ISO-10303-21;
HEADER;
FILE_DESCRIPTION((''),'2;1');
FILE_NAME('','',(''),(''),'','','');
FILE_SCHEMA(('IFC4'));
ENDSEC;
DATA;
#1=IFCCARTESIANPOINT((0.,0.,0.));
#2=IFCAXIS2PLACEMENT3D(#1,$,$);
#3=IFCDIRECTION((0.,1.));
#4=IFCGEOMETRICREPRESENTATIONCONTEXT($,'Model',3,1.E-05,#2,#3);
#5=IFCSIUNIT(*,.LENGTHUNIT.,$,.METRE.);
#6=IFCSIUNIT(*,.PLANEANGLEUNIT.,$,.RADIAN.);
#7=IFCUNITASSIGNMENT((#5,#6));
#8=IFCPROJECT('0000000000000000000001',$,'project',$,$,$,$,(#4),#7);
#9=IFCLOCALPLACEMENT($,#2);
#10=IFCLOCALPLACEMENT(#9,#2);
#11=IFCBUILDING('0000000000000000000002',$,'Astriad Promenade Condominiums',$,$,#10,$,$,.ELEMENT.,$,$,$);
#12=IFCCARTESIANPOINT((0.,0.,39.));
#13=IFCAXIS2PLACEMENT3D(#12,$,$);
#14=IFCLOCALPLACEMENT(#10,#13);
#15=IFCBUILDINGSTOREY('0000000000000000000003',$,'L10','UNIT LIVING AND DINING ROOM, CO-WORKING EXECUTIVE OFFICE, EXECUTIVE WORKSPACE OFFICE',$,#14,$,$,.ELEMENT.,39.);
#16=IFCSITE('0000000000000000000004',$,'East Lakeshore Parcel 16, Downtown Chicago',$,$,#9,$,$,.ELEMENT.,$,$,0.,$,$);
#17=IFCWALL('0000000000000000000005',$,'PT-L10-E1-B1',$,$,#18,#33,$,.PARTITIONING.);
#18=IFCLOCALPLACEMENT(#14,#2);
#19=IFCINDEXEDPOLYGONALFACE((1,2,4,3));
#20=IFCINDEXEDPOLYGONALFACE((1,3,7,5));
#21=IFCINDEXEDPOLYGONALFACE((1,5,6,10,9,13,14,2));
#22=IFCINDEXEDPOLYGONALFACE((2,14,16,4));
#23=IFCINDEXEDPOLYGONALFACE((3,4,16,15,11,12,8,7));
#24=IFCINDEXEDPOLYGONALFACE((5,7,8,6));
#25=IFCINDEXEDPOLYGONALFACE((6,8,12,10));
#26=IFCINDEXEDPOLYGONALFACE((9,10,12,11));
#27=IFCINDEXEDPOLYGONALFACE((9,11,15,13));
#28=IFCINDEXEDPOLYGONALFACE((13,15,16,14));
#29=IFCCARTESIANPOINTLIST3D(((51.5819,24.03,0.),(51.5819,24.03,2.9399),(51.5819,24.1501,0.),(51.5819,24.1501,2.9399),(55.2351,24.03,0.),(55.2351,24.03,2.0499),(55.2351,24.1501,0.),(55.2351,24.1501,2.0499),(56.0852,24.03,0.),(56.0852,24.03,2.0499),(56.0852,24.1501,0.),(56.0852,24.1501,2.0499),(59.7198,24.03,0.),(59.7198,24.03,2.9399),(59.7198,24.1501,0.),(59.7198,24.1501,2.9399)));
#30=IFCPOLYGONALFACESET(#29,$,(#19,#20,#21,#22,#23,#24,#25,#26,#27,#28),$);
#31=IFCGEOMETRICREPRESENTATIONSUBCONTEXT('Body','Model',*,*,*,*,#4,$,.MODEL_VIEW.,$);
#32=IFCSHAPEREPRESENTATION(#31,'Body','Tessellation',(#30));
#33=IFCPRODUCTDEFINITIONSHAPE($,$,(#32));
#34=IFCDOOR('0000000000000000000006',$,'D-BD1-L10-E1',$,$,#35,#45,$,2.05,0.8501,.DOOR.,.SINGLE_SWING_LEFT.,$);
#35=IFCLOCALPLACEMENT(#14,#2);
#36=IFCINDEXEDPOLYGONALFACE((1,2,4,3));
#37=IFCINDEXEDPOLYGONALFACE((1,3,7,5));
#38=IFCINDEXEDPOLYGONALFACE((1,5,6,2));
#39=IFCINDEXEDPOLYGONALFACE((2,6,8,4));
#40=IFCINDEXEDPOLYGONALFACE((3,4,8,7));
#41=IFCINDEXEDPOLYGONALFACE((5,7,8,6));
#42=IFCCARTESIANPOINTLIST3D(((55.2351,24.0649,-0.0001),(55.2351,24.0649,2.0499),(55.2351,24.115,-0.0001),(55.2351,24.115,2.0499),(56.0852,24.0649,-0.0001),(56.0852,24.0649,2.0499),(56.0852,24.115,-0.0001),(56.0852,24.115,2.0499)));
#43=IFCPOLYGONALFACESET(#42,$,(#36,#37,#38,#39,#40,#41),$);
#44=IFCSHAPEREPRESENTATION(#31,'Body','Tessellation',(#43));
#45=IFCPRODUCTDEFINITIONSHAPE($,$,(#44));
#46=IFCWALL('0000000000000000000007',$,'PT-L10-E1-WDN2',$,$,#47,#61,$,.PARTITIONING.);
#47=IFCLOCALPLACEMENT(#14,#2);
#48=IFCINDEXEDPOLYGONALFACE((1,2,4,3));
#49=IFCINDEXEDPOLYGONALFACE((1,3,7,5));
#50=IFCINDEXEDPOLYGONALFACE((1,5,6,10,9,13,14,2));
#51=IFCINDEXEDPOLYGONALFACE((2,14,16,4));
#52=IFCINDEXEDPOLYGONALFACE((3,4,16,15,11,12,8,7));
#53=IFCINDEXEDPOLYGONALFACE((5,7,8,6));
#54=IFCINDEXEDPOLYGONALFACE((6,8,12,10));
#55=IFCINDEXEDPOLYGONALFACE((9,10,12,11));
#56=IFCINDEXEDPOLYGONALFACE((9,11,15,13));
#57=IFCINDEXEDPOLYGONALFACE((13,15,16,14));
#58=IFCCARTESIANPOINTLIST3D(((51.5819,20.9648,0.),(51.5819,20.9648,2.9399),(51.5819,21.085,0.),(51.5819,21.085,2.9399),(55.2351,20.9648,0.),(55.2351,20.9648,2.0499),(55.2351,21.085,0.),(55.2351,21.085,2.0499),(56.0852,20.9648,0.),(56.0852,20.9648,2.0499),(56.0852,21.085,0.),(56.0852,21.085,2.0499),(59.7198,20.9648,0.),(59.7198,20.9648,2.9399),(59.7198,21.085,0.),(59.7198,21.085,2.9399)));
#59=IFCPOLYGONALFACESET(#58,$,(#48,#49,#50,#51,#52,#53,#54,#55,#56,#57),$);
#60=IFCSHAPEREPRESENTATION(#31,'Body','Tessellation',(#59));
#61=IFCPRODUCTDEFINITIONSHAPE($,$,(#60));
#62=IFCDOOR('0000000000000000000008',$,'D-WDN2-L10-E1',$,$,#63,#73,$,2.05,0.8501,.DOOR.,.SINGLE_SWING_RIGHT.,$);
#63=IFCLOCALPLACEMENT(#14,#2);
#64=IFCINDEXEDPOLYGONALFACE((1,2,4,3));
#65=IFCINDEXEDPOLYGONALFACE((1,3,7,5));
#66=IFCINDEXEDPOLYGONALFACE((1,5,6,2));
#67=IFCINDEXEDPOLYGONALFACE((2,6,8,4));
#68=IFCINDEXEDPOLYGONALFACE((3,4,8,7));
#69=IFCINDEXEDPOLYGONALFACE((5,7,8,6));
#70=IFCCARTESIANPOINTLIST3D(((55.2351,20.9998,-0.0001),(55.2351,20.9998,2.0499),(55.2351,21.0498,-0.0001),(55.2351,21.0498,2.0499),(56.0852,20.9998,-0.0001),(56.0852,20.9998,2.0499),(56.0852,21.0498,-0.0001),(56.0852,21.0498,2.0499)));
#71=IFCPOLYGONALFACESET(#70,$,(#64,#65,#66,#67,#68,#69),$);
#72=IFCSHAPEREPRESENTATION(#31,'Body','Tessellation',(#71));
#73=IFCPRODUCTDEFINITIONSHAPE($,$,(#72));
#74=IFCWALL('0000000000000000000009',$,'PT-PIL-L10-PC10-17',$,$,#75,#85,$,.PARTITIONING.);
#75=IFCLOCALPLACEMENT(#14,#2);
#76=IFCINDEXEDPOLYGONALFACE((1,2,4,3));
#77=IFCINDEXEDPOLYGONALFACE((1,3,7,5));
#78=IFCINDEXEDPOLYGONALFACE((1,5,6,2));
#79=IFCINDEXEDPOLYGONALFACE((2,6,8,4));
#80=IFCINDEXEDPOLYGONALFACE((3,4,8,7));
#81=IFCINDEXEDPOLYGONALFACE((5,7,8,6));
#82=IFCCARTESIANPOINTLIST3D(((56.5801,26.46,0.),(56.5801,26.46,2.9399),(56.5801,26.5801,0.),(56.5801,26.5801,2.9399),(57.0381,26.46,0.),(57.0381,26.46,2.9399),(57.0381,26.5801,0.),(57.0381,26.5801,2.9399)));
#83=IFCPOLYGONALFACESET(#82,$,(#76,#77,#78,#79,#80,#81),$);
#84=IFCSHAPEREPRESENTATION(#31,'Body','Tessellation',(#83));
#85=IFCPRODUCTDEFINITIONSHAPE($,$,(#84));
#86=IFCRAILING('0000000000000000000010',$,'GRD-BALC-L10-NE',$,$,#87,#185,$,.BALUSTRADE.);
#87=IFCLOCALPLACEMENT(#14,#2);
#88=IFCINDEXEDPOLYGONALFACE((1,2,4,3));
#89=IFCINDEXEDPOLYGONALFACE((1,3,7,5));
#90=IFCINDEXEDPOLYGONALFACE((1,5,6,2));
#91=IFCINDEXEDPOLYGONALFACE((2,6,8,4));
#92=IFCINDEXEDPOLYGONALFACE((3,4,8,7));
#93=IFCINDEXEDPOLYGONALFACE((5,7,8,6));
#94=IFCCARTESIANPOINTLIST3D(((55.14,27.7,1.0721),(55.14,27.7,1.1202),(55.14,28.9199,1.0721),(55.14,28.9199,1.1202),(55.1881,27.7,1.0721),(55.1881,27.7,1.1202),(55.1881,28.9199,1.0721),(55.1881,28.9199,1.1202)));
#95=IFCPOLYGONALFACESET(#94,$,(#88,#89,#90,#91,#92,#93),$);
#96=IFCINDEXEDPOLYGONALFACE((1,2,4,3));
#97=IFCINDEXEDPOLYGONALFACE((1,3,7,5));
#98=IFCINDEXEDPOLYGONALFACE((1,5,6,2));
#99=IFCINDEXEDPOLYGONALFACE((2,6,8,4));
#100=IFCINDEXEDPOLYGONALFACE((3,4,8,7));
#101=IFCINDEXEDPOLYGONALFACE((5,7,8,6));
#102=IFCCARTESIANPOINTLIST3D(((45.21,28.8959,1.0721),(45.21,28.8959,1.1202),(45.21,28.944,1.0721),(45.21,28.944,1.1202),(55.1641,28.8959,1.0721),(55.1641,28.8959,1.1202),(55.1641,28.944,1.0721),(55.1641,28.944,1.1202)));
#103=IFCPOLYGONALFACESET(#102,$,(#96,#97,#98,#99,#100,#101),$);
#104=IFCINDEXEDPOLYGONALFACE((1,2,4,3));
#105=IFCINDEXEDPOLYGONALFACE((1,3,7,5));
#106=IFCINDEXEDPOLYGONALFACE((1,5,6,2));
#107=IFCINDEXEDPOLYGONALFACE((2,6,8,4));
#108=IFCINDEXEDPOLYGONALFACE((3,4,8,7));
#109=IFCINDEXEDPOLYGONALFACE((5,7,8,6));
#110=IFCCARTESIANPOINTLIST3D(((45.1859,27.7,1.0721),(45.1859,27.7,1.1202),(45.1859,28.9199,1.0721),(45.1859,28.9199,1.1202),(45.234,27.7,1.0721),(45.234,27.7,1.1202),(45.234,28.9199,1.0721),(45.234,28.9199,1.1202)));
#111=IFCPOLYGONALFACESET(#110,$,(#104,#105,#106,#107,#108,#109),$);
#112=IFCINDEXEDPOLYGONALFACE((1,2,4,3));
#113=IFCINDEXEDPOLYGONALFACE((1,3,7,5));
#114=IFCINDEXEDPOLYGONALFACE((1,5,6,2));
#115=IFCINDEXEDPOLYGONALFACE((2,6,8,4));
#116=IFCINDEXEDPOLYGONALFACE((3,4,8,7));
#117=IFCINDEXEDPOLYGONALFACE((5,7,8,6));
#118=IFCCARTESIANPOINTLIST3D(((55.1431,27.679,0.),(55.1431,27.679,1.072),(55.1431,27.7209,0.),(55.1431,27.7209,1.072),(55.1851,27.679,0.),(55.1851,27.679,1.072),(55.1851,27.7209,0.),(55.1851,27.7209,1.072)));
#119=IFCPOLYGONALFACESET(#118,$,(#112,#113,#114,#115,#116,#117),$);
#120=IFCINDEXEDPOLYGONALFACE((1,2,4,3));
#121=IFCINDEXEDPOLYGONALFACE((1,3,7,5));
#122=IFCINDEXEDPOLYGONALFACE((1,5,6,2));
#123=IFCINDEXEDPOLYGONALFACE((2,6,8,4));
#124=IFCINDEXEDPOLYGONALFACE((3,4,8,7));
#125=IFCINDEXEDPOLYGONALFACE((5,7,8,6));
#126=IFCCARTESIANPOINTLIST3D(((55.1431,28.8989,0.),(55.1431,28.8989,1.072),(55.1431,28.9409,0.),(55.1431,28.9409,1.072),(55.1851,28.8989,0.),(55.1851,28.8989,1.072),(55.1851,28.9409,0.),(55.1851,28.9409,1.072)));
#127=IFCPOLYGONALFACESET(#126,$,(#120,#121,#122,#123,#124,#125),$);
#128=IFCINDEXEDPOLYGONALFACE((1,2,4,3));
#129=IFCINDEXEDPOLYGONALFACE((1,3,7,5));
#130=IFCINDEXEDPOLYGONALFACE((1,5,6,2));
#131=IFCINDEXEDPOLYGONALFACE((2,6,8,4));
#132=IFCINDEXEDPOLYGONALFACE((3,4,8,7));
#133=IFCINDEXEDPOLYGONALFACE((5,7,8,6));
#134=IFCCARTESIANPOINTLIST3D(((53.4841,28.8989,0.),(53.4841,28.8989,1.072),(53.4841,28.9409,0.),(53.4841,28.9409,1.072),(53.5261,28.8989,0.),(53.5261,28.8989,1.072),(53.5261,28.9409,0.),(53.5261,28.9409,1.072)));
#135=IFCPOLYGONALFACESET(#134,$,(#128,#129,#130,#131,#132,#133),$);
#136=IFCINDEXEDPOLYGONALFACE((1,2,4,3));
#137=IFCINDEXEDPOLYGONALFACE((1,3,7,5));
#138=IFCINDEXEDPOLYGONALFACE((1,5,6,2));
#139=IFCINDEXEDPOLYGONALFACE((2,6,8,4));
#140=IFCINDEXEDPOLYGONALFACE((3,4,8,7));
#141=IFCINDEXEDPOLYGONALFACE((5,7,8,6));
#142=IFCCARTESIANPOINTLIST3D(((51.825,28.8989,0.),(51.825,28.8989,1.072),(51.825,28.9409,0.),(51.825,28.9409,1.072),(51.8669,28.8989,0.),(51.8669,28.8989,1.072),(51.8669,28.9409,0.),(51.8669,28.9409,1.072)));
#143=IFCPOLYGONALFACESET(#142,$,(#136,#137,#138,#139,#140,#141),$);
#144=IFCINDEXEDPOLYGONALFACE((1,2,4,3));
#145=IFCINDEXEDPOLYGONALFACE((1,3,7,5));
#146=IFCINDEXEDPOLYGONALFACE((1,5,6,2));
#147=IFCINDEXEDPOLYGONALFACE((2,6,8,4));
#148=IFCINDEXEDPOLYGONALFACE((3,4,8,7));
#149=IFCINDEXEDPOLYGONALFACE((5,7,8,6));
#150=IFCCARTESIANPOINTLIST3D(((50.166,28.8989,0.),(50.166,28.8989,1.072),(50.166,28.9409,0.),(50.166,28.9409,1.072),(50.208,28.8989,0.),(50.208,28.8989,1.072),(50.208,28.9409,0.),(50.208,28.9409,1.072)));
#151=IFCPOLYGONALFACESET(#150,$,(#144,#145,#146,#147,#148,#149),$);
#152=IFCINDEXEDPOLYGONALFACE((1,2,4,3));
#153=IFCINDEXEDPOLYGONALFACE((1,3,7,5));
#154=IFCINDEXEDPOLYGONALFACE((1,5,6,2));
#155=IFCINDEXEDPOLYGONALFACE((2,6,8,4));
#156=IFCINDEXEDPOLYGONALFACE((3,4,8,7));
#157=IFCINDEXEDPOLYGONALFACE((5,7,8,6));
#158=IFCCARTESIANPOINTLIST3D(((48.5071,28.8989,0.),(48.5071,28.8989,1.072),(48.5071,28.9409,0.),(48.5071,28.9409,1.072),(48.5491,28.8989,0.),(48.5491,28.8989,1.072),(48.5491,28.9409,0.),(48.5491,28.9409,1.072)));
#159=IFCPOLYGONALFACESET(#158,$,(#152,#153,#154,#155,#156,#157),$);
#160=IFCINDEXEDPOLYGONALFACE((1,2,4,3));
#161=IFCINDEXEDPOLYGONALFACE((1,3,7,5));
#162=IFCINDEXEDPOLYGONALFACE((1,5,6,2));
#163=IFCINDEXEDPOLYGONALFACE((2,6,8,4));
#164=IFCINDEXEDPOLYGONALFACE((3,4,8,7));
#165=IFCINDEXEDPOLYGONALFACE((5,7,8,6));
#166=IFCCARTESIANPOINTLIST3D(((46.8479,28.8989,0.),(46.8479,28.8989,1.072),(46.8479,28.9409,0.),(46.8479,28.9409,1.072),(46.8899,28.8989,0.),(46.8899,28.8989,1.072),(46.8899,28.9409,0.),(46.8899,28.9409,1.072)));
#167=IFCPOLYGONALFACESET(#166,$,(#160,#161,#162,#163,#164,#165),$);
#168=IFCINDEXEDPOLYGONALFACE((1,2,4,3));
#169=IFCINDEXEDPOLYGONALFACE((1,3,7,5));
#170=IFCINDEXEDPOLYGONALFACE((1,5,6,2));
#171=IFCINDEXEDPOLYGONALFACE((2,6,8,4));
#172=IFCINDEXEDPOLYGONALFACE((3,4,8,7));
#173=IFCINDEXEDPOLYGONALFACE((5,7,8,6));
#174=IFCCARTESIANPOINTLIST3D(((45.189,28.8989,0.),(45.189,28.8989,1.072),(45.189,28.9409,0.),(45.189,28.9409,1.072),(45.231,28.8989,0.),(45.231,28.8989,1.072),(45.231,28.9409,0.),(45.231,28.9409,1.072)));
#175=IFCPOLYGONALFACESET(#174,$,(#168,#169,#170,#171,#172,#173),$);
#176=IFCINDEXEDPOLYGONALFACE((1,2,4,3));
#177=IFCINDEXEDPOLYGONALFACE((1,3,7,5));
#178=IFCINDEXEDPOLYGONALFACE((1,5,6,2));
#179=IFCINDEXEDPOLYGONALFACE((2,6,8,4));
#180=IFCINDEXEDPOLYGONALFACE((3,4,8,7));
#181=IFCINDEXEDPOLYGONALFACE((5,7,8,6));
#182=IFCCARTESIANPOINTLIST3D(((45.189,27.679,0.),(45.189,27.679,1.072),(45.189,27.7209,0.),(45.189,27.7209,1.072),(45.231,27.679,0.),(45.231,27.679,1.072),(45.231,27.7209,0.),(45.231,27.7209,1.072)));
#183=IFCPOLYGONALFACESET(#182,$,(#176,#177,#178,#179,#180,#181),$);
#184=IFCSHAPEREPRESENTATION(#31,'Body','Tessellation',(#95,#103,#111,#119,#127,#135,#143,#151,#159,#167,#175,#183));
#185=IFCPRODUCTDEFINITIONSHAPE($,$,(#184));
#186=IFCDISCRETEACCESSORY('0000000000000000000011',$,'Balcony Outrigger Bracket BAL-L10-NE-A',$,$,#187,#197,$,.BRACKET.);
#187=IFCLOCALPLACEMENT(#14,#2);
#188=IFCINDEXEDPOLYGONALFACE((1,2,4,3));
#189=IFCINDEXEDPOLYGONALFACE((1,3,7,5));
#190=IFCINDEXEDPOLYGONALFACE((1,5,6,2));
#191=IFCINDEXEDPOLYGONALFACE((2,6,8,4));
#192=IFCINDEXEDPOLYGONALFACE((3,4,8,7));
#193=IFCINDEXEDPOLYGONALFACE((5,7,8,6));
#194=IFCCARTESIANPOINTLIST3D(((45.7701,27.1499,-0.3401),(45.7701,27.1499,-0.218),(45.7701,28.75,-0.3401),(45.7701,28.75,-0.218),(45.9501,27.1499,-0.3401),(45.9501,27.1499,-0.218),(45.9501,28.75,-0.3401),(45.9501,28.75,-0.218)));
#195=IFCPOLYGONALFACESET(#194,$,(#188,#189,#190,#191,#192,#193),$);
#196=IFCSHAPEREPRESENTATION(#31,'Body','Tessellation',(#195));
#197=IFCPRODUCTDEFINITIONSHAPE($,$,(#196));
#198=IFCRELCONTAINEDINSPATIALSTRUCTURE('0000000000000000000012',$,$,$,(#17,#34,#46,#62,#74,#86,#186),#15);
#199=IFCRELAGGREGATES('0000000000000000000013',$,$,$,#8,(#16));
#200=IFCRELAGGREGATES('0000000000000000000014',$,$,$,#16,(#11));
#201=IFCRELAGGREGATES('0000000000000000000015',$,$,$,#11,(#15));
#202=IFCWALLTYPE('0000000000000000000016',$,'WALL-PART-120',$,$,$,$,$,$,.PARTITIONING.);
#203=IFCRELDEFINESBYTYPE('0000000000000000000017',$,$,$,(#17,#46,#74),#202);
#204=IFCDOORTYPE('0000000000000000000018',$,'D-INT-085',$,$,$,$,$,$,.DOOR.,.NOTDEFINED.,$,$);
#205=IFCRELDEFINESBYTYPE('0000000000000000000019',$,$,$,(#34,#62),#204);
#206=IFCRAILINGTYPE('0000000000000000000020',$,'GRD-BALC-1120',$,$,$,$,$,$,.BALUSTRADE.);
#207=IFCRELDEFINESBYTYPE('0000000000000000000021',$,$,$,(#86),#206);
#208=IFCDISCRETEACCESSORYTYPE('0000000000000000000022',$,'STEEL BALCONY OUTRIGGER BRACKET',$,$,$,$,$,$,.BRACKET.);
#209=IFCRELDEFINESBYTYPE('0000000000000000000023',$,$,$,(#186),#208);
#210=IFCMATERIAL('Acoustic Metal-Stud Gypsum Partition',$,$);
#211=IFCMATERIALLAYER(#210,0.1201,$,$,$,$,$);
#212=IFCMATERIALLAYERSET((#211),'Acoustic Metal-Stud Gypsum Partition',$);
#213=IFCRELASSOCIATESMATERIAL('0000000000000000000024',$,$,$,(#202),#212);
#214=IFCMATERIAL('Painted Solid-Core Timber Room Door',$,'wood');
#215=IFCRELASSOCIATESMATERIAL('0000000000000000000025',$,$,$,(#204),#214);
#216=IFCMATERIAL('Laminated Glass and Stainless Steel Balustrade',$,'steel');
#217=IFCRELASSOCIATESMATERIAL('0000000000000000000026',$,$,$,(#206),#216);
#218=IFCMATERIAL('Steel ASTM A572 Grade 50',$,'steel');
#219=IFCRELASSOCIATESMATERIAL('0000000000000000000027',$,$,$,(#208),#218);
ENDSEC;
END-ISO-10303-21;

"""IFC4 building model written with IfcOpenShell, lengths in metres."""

from ifc_helpers import new_model, si_unit, direction, frame, frame_2d, origin, origin_2d, place, context, subcontext, project, spatial, rectangle, extrude, source, transform, mapped, material, layer, layer_set, type_object, type_shapes, element, fill, save


model = new_model("IFC4")

# Units and contexts
model_context = context("Model", 3, precision=1e-05, world=origin(), true_north=direction((0.0, 1.0)))
body_context = subcontext(model_context, "Body", "Model", "MODEL_VIEW")
ifc_project = project(units=[si_unit("LENGTHUNIT", "METRE"), si_unit("PLANEANGLEUNIT", "RADIAN")], contexts=[model_context])

# Site, building, storey
site_placement = place(None, origin())
site = spatial("IfcSite", under=ifc_project, at=site_placement, Name="East Lakeshore Parcel 16, Downtown Chicago", CompositionType="ELEMENT", RefElevation=0.0)
building_placement = place(site_placement, origin())
building = spatial("IfcBuilding", under=site, at=building_placement, Name="Astriad Promenade Condominiums", CompositionType="ELEMENT")
storey_placement = place(building_placement, frame((0.0, 0.0, 39.0)))
storey = spatial("IfcBuildingStorey", under=building, at=storey_placement, Name="L10", Description="UNIT LIVING AND DINING ROOM, CO-WORKING EXECUTIVE OFFICE, EXECUTIVE WORKSPACE OFFICE", CompositionType="ELEMENT", Elevation=39.0)

# Shared definitions
ifc_material_1 = material(Name="Acoustic Metal-Stud Gypsum Partition")
ifc_layer_1 = layer(ifc_material_1, 0.1201)
ifc_layer_set_1 = layer_set([ifc_layer_1], Name="Acoustic Metal-Stud Gypsum Partition")
wall_type_1 = type_object("IfcWallType", Name="WALL-PART-120", PredefinedType="PARTITIONING", material=ifc_layer_set_1)

# Walls, openings, doors
wall_1_placement = place(storey_placement, frame((51.582, 24.0901, 0.0), z_axis=(0.0, 0.0, 1.0), x_axis=(1.0, 0.0, 0.0)))
wall_1 = element("IfcWall", 1, at=wall_1_placement, inside=storey, type_object=wall_type_1, Name="PT-L10-E1-B1", PredefinedType="PARTITIONING", context=body_context, shape_type="SweptSolid", body=[
    extrude(rectangle(XDim=8.1379, YDim=0.1201, at=frame_2d((4.0688, 0.0))), origin(), (0.0, 0.0, 1.0), 2.9399),
])
opening_1_placement = place(wall_1_placement, frame((3.6531, 0.0, 0.0)))
opening_1 = element("IfcOpeningElement", 2, at=opening_1_placement, cuts=wall_1, PredefinedType="OPENING", context=body_context, shape_type="SweptSolid", body=[
    extrude(rectangle(XDim=0.8501, YDim=2.05, at=frame_2d((0.425, 1.0249))), frame((0.0, 0.0701, 0.0), z_axis=(0.0, -1.0, 0.0), x_axis=(1.0, 0.0, 0.0)), (0.0, 0.0, 1.0), 0.1401),
])
ifc_material_2 = material(Name="Painted Solid-Core Timber Room Door", Category="wood")
door_type = type_object("IfcDoorType", Name="D-INT-085", OperationType="NOTDEFINED", PredefinedType="DOOR", material=ifc_material_2)
shared_shape_1 = source(origin(), body_context, "Body", "SweptSolid", [
    extrude(rectangle(XDim=0.8501, YDim=2.05, at=frame_2d((0.425, 1.0249))), frame((0.0, 0.0249, 0.0), z_axis=(0.0, -1.0, 0.0), x_axis=(1.0, 0.0, 0.0)), (0.0, 0.0, 1.0), 0.05),
])
type_shapes(door_type, [shared_shape_1])
door_1_placement = place(opening_1_placement, origin())
door_1 = element("IfcDoor", 3, at=door_1_placement, inside=storey, type_object=door_type, Name="D-BD1-L10-E1", OperationType="SINGLE_SWING_LEFT", OverallHeight=2.05, OverallWidth=0.8501, PredefinedType="DOOR", context=body_context, shape_type="MappedRepresentation", body=[
    mapped(shared_shape_1, transform((0.0, 0.0, 0.0), scale=1.0)),
])
fill(opening_1, door_1)
wall_2_placement = place(storey_placement, frame((51.582, 21.0249, 0.0), z_axis=(0.0, 0.0, 1.0), x_axis=(1.0, 0.0, 0.0)))
wall_2 = element("IfcWall", 4, at=wall_2_placement, inside=storey, type_object=wall_type_1, Name="PT-L10-E1-WDN2", PredefinedType="PARTITIONING", context=body_context, shape_type="SweptSolid", body=[
    extrude(rectangle(XDim=8.1379, YDim=0.1201, at=frame_2d((4.0688, 0.0))), origin(), (0.0, 0.0, 1.0), 2.9399),
])
opening_2_placement = place(wall_2_placement, frame((3.6531, 0.0, 0.0)))
opening_2 = element("IfcOpeningElement", 5, at=opening_2_placement, cuts=wall_2, PredefinedType="OPENING", context=body_context, shape_type="SweptSolid", body=[
    extrude(rectangle(XDim=0.8501, YDim=2.05, at=frame_2d((0.425, 1.0249))), frame((0.0, 0.0701, 0.0), z_axis=(0.0, -1.0, 0.0), x_axis=(1.0, 0.0, 0.0)), (0.0, 0.0, 1.0), 0.1401),
])
door_2_placement = place(opening_2_placement, origin())
door_2 = element("IfcDoor", 6, at=door_2_placement, inside=storey, type_object=door_type, Name="D-WDN2-L10-E1", OperationType="SINGLE_SWING_RIGHT", OverallHeight=2.05, OverallWidth=0.8501, PredefinedType="DOOR", context=body_context, shape_type="MappedRepresentation", body=[
    mapped(shared_shape_1, transform((0.0, 0.0, 0.0), scale=1.0)),
])
fill(opening_2, door_2)

# Wall
wall_3_placement = place(storey_placement, frame((56.5801, 26.52, 0.0), z_axis=(0.0, 0.0, 1.0), x_axis=(1.0, 0.0, 0.0)))
element("IfcWall", 7, at=wall_3_placement, inside=storey, type_object=wall_type_1, Name="PT-PIL-L10-PC10-17", PredefinedType="PARTITIONING", context=body_context, shape_type="SweptSolid", body=[
    extrude(rectangle(XDim=0.458, YDim=0.1201, at=frame_2d((0.229, 0.0))), origin(), (0.0, 0.0, 1.0), 2.9399),
])

# Railing
ifc_material_3 = material(Name="Laminated Glass and Stainless Steel Balustrade", Category="steel")
railing_type = type_object("IfcRailingType", Name="GRD-BALC-1120", PredefinedType="BALUSTRADE", material=ifc_material_3)
shared_shape_2 = source(origin(), body_context, "Body", "SweptSolid", [
    extrude(rectangle(XDim=0.0481, YDim=0.0481, at=origin_2d()), frame((0.0, 0.0, 1.0962), z_axis=(0.0, 1.0, 0.0), x_axis=(-1.0, 0.0, 0.0)), (0.0, 0.0, 1.0), 1.22),
    extrude(rectangle(XDim=0.0481, YDim=0.0481, at=origin_2d()), frame((0.0, 1.22, 1.0962), z_axis=(-1.0, 0.0, 0.0), x_axis=(0.0, -1.0, 0.0)), (0.0, 0.0, 1.0), 9.9541),
    extrude(rectangle(XDim=0.0481, YDim=0.0481, at=origin_2d()), frame((-9.9541, 1.22, 1.0962), z_axis=(0.0, -1.0, 0.0), x_axis=(1.0, 0.0, 0.0)), (0.0, 0.0, 1.0), 1.22),
    extrude(rectangle(XDim=0.042, YDim=0.042, at=origin_2d()), origin(), (0.0, 0.0, 1.0), 1.072),
    extrude(rectangle(XDim=0.042, YDim=0.042, at=origin_2d()), frame((0.0, 1.22, 0.0)), (0.0, 0.0, 1.0), 1.072),
    extrude(rectangle(XDim=0.042, YDim=0.042, at=origin_2d()), frame((-1.6589, 1.22, 0.0)), (0.0, 0.0, 1.0), 1.072),
    extrude(rectangle(XDim=0.042, YDim=0.042, at=origin_2d()), frame((-3.3181, 1.22, 0.0)), (0.0, 0.0, 1.0), 1.072),
    extrude(rectangle(XDim=0.042, YDim=0.042, at=origin_2d()), frame((-4.9771, 1.22, 0.0)), (0.0, 0.0, 1.0), 1.072),
    extrude(rectangle(XDim=0.042, YDim=0.042, at=origin_2d()), frame((-6.636, 1.22, 0.0)), (0.0, 0.0, 1.0), 1.072),
    extrude(rectangle(XDim=0.042, YDim=0.042, at=origin_2d()), frame((-8.2952, 1.22, 0.0)), (0.0, 0.0, 1.0), 1.072),
    extrude(rectangle(XDim=0.042, YDim=0.042, at=origin_2d()), frame((-9.9541, 1.22, 0.0)), (0.0, 0.0, 1.0), 1.072),
    extrude(rectangle(XDim=0.042, YDim=0.042, at=origin_2d()), frame((-9.9541, 0.0, 0.0)), (0.0, 0.0, 1.0), 1.072),
])
type_shapes(railing_type, [shared_shape_2])
railing_placement = place(storey_placement, frame((55.1641, 27.7, 0.0)))
element("IfcRailing", 8, at=railing_placement, inside=storey, type_object=railing_type, Name="GRD-BALC-L10-NE", PredefinedType="BALUSTRADE", context=body_context, shape_type="MappedRepresentation", body=[
    mapped(shared_shape_2, transform((0.0, 0.0, 0.0), scale=1.0)),
])

# Discrete accessory
ifc_material_4 = material(Name="Steel ASTM A572 Grade 50", Category="steel")
discrete_accessory_type = type_object("IfcDiscreteAccessoryType", Name="STEEL BALCONY OUTRIGGER BRACKET", PredefinedType="BRACKET", material=ifc_material_4)
shared_shape_3 = source(origin(), body_context, "Body", "SweptSolid", [
    extrude(rectangle(XDim=1.6001, YDim=0.1799, at=origin_2d()), origin(), (0.0, 0.0, 1.0), 0.1221),
])
type_shapes(discrete_accessory_type, [shared_shape_3])
for number, where, z_axis, x_axis, name in (
    (9, (45.8601, 27.95, -0.3401), (0.0, 0.0, 1.0), (0.0, 1.0, 0.0), "Balcony Outrigger Bracket BAL-L10-NE-A"),
):
    element("IfcDiscreteAccessory", number, at=place(storey_placement, frame(where, z_axis=z_axis, x_axis=x_axis)), inside=storey, type_object=discrete_accessory_type, Name=name, PredefinedType="BRACKET", context=body_context, shape_type="MappedRepresentation", body=[
        mapped(shared_shape_3, transform((0.0, 0.0, 0.0), scale=1.0)),
    ])

save(model, "model.ifc")
